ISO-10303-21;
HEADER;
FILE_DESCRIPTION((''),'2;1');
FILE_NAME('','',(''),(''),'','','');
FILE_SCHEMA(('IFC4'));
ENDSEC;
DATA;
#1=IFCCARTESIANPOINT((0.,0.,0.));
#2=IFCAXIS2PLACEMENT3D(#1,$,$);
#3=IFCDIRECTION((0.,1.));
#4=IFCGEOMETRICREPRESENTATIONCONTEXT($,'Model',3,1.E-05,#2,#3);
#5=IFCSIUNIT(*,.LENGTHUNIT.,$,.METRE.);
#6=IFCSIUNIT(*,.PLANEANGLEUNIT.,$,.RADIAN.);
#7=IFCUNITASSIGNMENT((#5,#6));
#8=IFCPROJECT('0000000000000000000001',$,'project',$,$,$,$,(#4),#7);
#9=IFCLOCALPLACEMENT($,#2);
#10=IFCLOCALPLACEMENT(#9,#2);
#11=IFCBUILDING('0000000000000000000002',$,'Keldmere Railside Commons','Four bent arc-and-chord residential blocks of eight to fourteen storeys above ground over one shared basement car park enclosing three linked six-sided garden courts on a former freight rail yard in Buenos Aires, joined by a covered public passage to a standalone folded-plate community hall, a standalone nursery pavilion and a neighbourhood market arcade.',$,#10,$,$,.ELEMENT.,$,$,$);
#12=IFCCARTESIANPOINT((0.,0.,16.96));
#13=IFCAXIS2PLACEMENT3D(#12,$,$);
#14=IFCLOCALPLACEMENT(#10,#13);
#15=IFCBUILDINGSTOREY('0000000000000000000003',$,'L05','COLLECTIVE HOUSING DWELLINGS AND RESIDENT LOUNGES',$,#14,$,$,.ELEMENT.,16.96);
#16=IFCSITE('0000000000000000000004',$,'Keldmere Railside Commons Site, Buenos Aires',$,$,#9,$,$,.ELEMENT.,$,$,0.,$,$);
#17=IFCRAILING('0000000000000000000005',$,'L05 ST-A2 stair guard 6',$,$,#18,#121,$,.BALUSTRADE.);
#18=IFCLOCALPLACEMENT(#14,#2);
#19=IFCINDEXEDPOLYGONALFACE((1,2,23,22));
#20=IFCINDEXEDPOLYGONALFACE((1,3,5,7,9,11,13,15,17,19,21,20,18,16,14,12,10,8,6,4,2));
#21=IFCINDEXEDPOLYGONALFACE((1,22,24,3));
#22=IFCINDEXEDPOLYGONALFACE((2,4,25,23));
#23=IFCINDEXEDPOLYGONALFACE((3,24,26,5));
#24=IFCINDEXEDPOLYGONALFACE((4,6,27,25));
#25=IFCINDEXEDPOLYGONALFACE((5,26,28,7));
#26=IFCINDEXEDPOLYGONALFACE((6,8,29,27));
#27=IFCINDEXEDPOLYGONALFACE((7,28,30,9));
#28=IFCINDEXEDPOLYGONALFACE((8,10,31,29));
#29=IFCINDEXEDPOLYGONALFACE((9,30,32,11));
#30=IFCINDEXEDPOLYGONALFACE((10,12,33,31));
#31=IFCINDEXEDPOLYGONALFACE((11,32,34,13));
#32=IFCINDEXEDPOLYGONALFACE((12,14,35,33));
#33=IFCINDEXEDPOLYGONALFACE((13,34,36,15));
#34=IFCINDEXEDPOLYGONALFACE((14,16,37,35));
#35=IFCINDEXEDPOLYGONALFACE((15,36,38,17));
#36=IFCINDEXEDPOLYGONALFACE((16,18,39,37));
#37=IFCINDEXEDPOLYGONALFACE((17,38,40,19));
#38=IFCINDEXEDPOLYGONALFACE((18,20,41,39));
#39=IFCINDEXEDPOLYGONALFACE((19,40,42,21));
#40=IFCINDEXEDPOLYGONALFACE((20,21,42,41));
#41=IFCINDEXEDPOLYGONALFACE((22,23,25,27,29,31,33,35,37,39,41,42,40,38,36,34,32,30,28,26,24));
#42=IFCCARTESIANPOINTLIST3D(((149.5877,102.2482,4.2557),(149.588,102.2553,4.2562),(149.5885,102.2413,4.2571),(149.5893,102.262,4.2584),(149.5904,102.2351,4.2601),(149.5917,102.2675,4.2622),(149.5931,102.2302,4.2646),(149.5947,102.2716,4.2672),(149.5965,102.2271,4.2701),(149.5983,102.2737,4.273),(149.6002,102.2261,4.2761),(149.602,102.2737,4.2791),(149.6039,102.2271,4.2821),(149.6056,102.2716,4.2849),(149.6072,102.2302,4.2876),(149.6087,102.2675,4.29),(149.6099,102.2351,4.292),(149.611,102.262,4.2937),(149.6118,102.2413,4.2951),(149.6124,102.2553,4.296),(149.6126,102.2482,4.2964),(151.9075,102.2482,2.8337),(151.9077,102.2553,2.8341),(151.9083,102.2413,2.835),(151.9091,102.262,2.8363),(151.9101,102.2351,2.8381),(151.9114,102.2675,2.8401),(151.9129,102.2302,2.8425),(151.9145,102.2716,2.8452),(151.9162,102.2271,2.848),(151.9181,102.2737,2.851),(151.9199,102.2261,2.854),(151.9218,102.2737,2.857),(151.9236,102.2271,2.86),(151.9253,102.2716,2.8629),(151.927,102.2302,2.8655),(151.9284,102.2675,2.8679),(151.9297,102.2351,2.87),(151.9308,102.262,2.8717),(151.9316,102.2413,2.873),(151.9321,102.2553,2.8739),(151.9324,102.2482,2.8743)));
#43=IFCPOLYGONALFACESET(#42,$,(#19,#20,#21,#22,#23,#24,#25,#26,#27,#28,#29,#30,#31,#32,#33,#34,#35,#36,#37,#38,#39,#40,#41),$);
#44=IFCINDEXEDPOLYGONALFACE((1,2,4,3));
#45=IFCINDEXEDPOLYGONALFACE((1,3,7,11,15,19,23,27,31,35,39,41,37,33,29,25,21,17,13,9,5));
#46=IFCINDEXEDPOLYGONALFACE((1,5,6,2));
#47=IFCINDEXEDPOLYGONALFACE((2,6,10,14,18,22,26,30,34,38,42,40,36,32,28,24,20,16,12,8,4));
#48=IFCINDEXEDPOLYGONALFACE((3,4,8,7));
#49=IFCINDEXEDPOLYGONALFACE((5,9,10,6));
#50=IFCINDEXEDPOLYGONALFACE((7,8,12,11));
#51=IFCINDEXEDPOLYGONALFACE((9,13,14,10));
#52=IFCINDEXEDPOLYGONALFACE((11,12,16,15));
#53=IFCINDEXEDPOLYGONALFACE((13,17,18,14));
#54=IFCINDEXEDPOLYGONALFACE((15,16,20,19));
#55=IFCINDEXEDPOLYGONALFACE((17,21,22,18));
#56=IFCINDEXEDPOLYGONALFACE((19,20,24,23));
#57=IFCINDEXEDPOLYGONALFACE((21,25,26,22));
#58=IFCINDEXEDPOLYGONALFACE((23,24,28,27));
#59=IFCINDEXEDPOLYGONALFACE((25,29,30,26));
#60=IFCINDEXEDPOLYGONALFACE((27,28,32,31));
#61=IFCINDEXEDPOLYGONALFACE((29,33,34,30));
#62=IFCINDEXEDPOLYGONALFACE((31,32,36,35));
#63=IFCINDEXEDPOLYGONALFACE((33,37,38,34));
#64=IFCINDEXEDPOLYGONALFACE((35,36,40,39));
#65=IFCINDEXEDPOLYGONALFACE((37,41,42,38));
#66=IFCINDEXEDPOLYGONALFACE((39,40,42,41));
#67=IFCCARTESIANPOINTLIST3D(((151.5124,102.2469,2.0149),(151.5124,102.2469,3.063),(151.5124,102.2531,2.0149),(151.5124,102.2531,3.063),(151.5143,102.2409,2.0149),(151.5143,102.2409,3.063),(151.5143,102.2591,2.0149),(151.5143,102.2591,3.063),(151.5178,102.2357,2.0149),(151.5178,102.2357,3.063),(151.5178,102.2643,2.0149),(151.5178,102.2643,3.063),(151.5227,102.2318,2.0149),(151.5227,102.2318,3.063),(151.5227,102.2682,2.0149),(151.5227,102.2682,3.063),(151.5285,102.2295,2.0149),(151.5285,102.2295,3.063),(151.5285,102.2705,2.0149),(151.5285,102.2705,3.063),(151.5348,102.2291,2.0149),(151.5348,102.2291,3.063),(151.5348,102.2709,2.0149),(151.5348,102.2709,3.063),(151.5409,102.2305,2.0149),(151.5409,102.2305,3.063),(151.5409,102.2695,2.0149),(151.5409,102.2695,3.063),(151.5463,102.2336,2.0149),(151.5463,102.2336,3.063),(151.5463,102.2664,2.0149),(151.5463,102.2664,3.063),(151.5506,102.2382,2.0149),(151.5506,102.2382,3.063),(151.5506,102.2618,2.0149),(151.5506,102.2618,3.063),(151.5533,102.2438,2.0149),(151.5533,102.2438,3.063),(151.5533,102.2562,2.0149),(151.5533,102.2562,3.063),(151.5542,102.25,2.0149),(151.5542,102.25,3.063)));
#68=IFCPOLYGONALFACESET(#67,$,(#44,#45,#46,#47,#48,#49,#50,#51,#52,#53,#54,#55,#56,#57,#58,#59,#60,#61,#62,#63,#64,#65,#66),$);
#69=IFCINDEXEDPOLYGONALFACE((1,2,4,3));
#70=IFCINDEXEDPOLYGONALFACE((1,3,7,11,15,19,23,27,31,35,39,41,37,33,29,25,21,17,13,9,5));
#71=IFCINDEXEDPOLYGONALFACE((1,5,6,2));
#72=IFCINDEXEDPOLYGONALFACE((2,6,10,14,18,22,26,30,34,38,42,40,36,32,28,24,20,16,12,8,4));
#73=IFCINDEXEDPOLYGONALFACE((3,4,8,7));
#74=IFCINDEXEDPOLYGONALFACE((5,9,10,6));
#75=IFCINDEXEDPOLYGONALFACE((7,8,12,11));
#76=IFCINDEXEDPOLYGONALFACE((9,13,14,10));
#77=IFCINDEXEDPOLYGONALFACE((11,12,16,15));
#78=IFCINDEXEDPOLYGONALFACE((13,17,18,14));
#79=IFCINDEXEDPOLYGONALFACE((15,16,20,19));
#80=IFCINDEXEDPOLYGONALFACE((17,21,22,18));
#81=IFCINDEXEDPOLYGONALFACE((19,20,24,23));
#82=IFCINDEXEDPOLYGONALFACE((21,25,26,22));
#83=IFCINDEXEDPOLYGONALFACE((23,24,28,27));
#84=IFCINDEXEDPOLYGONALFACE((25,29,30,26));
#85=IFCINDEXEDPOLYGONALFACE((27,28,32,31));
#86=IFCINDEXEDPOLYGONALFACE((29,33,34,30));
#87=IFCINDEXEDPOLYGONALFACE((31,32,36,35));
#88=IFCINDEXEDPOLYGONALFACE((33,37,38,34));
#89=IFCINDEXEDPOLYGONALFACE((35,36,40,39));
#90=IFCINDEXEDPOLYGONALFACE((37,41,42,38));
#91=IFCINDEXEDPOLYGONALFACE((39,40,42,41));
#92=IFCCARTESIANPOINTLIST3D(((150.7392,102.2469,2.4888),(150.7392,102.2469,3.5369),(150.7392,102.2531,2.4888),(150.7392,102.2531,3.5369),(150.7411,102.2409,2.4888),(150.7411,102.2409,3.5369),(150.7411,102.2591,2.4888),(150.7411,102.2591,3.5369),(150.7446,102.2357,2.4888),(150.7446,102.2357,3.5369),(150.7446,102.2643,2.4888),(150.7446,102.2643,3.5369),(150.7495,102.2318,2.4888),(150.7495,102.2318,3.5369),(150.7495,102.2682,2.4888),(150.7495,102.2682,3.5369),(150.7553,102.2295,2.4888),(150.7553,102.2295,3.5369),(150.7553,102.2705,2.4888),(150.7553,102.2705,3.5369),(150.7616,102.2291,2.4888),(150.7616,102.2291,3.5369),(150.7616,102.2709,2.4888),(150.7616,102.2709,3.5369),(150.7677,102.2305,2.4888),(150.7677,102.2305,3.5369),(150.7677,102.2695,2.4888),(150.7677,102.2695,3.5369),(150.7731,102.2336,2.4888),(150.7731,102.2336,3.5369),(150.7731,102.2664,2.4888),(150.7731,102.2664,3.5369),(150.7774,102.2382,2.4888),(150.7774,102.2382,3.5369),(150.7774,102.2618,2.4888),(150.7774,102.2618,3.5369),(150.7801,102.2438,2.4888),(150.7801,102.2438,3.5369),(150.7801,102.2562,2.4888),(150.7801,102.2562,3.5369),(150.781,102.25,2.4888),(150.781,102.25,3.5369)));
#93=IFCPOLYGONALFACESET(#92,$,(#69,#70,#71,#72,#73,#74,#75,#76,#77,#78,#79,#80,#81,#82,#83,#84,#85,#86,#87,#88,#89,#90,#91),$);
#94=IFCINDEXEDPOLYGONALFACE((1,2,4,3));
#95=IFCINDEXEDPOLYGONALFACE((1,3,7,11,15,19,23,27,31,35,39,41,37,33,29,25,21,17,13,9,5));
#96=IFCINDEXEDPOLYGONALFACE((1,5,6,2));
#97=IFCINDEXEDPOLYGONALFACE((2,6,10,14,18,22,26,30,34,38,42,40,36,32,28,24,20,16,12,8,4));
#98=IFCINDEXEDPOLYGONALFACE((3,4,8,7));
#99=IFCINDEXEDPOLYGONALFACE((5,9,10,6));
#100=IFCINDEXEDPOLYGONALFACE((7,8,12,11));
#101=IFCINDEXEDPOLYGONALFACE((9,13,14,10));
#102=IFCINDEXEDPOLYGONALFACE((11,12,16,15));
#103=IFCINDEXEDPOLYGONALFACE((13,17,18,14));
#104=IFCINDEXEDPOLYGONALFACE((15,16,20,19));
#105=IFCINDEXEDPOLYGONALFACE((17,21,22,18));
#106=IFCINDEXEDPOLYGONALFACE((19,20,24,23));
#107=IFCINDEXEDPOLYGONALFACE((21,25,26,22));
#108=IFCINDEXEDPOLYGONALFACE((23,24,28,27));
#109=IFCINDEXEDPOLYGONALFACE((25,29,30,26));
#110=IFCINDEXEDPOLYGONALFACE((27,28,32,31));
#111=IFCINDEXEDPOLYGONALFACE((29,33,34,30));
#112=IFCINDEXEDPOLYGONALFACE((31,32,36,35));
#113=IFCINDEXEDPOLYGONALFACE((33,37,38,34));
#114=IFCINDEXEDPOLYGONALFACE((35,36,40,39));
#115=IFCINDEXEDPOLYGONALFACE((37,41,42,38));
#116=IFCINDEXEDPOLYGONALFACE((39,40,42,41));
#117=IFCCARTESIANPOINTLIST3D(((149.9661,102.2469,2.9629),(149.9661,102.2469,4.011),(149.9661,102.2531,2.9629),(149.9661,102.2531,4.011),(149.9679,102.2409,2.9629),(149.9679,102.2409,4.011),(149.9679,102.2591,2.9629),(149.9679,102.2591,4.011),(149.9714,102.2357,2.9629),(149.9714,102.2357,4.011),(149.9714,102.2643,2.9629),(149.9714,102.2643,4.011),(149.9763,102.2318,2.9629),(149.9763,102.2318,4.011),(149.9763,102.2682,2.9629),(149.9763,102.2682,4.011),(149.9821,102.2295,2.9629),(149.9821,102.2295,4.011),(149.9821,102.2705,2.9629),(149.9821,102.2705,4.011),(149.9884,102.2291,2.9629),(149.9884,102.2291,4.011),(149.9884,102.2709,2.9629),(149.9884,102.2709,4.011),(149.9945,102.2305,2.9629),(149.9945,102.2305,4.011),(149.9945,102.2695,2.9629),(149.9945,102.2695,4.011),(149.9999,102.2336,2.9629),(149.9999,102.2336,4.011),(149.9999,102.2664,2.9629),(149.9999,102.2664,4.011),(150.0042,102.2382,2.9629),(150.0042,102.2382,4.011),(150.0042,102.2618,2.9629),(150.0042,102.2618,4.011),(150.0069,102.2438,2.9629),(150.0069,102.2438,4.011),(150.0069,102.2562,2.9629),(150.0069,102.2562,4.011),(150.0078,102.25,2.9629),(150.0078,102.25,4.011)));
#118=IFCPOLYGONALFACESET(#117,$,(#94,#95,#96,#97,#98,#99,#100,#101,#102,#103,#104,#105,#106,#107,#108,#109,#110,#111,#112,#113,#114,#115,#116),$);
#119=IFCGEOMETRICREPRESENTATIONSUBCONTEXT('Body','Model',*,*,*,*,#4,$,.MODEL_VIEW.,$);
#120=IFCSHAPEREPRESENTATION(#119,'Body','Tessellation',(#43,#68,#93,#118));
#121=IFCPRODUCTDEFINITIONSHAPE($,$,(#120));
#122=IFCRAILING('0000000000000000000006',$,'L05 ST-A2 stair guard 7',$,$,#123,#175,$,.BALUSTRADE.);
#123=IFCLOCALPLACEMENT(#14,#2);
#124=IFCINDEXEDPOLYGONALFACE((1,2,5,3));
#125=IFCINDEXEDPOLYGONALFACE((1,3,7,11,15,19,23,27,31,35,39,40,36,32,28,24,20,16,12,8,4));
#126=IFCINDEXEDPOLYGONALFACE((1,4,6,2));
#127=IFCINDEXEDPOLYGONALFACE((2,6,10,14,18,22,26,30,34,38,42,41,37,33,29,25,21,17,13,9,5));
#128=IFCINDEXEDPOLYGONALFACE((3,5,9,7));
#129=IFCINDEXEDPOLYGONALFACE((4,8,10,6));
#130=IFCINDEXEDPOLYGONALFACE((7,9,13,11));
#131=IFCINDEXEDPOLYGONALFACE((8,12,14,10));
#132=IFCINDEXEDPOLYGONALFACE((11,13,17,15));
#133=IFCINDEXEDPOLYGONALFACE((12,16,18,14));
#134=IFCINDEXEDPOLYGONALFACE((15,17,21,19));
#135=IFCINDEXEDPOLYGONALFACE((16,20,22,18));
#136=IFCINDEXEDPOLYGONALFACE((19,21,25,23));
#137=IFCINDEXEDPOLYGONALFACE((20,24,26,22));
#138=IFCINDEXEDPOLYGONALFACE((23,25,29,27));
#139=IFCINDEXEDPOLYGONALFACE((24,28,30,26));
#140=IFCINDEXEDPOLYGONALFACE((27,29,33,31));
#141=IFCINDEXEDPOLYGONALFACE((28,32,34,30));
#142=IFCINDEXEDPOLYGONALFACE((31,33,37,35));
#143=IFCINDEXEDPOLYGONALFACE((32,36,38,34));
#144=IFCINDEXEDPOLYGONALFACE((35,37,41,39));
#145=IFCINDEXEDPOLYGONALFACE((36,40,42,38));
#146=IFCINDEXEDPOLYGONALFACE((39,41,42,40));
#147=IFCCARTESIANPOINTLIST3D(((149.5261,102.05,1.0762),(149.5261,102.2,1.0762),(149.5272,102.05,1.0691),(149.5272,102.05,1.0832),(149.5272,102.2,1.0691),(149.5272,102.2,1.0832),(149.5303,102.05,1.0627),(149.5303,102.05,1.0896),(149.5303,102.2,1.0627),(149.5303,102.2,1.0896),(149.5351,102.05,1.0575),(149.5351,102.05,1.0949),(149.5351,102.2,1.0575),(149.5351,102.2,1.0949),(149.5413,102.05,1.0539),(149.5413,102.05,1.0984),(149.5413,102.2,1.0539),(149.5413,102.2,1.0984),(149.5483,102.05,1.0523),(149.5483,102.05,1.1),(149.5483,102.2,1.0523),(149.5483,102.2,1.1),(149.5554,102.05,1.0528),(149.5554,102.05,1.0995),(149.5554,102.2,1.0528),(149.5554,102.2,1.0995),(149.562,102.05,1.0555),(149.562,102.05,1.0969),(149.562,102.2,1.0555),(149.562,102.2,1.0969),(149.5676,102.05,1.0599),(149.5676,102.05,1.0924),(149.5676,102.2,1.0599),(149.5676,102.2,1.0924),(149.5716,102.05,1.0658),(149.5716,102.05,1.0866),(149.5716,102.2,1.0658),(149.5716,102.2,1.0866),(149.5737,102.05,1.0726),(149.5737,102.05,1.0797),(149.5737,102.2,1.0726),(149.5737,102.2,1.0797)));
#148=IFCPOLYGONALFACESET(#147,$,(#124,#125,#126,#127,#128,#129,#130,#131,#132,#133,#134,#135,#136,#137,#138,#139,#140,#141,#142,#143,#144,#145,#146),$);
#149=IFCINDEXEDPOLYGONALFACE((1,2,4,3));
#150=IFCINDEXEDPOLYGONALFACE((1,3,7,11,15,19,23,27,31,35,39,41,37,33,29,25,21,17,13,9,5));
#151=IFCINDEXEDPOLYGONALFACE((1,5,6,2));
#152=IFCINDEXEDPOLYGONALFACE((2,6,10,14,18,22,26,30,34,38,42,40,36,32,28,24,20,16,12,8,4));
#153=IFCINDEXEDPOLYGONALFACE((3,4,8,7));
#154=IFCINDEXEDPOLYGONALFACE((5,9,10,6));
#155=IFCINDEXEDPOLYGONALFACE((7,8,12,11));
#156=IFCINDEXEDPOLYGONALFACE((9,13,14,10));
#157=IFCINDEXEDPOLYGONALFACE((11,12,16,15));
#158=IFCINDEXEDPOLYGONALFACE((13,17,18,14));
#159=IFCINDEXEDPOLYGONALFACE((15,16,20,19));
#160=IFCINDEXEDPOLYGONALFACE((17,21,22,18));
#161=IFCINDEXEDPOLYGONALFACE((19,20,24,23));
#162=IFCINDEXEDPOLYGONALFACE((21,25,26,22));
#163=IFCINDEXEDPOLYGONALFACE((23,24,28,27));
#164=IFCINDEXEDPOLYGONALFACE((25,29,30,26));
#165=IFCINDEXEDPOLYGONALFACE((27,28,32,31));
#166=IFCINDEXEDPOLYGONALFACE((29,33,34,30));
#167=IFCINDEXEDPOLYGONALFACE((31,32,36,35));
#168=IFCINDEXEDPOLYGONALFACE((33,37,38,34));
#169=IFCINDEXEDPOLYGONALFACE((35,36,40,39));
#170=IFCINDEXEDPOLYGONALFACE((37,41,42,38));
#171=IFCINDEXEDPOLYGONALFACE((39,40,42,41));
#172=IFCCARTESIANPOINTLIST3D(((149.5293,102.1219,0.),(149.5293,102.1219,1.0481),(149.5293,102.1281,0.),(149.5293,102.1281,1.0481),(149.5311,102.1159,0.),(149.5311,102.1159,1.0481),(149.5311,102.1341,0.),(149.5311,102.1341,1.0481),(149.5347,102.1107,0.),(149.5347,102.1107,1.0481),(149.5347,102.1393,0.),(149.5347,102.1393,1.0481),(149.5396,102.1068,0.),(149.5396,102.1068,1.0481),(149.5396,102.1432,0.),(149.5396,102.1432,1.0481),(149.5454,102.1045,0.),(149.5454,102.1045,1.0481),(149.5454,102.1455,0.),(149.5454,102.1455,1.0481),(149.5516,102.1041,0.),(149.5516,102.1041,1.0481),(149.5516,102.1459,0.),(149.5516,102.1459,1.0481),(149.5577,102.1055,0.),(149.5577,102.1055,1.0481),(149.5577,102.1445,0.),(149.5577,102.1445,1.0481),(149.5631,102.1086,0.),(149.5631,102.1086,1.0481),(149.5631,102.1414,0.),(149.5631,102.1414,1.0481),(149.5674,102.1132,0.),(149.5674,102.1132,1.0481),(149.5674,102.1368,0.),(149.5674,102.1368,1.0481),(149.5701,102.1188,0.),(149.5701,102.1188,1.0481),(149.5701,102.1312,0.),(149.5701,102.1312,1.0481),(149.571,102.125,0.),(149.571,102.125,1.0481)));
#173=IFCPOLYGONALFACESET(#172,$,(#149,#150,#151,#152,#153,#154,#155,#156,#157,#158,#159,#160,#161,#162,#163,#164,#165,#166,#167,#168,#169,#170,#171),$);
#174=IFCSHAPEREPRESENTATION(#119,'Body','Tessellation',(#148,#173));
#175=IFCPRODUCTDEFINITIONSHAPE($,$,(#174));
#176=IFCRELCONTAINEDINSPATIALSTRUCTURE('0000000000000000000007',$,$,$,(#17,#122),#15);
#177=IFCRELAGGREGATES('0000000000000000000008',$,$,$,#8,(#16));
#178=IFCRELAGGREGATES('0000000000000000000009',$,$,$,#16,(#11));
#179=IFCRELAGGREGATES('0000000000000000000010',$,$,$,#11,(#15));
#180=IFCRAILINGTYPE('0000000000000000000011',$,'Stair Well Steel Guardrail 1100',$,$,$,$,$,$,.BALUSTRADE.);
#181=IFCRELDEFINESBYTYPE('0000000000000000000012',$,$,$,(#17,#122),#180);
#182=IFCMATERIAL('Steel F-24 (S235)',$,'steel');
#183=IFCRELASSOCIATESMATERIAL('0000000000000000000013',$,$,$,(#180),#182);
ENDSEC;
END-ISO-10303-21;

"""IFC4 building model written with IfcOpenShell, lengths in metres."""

from ifc_helpers import new_model, si_unit, direction, frame, origin, origin_2d, place, context, subcontext, project, spatial, circle, extrude, material, type_object, element, save


model = new_model("IFC4")

# Units and contexts
model_context = context("Model", 3, precision=1e-05, world=origin(), true_north=direction((0.0, 1.0)))
body_context = subcontext(model_context, "Body", "Model", "MODEL_VIEW")
ifc_project = project(units=[si_unit("LENGTHUNIT", "METRE"), si_unit("PLANEANGLEUNIT", "RADIAN")], contexts=[model_context])

# Site, building, storey
site_placement = place(None, origin())
site = spatial("IfcSite", under=ifc_project, at=site_placement, Name="Keldmere Railside Commons Site, Buenos Aires", CompositionType="ELEMENT", RefElevation=0.0)
building_placement = place(site_placement, origin())
building = spatial("IfcBuilding", under=site, at=building_placement, Name="Keldmere Railside Commons", Description="Four bent arc-and-chord residential blocks of eight to fourteen storeys above ground over one shared basement car park enclosing three linked six-sided garden courts on a former freight rail yard in Buenos Aires, joined by a covered public passage to a standalone folded-plate community hall, a standalone nursery pavilion and a neighbourhood market arcade.", CompositionType="ELEMENT")
storey_placement = place(building_placement, frame((0.0, 0.0, 16.96)))
storey = spatial("IfcBuildingStorey", under=building, at=storey_placement, Name="L05", Description="COLLECTIVE HOUSING DWELLINGS AND RESIDENT LOUNGES", CompositionType="ELEMENT", Elevation=16.96)

# Shared definitions
ifc_material_1 = material(Name="Steel F-24 (S235)", Category="steel")

# Railings
railing_type_1 = type_object("IfcRailingType", Name="Stair Well Steel Guardrail 1100", PredefinedType="BALUSTRADE", material=ifc_material_1)
railing_1_placement = place(storey_placement, frame((151.9199, 102.25, 1.7778)))
element("IfcRailing", 1, at=railing_1_placement, inside=storey, type_object=railing_type_1, Name="L05 ST-A2 stair guard 6", PredefinedType="BALUSTRADE", context=body_context, shape_type="SweptSolid", body=[
    extrude(circle(Radius=0.0239, at=origin_2d()), frame((0.0, 0.0, 1.0762), z_axis=(-0.852554, 0.0, 0.52264), x_axis=(0.0, -1.0, 0.0)), (0.0, 0.0, 1.0), 2.7209),
    extrude(circle(Radius=0.021, at=origin_2d()), frame((-0.3867, 0.0, 0.2371)), (0.0, 0.0, 1.0), 1.0481),
    extrude(circle(Radius=0.021, at=origin_2d()), frame((-1.1599, 0.0, 0.7109)), (0.0, 0.0, 1.0), 1.0481),
    extrude(circle(Radius=0.021, at=origin_2d()), frame((-1.9331, 0.0, 1.1851)), (0.0, 0.0, 1.0), 1.0481),
])
railing_2_placement = place(storey_placement, frame((149.55, 102.05, 0.0)))
element("IfcRailing", 2, at=railing_2_placement, inside=storey, type_object=railing_type_1, Name="L05 ST-A2 stair guard 7", PredefinedType="BALUSTRADE", context=body_context, shape_type="SweptSolid", body=[
    extrude(circle(Radius=0.0239, at=origin_2d()), frame((0.0, 0.0, 1.0762), z_axis=(0.0, 1.0, 0.0), x_axis=(-1.0, 0.0, 0.0)), (0.0, 0.0, 1.0), 0.1499),
    extrude(circle(Radius=0.021, at=origin_2d()), frame((0.0, 0.075, 0.0)), (0.0, 0.0, 1.0), 1.0481),
])

save(model, "model.ifc")
